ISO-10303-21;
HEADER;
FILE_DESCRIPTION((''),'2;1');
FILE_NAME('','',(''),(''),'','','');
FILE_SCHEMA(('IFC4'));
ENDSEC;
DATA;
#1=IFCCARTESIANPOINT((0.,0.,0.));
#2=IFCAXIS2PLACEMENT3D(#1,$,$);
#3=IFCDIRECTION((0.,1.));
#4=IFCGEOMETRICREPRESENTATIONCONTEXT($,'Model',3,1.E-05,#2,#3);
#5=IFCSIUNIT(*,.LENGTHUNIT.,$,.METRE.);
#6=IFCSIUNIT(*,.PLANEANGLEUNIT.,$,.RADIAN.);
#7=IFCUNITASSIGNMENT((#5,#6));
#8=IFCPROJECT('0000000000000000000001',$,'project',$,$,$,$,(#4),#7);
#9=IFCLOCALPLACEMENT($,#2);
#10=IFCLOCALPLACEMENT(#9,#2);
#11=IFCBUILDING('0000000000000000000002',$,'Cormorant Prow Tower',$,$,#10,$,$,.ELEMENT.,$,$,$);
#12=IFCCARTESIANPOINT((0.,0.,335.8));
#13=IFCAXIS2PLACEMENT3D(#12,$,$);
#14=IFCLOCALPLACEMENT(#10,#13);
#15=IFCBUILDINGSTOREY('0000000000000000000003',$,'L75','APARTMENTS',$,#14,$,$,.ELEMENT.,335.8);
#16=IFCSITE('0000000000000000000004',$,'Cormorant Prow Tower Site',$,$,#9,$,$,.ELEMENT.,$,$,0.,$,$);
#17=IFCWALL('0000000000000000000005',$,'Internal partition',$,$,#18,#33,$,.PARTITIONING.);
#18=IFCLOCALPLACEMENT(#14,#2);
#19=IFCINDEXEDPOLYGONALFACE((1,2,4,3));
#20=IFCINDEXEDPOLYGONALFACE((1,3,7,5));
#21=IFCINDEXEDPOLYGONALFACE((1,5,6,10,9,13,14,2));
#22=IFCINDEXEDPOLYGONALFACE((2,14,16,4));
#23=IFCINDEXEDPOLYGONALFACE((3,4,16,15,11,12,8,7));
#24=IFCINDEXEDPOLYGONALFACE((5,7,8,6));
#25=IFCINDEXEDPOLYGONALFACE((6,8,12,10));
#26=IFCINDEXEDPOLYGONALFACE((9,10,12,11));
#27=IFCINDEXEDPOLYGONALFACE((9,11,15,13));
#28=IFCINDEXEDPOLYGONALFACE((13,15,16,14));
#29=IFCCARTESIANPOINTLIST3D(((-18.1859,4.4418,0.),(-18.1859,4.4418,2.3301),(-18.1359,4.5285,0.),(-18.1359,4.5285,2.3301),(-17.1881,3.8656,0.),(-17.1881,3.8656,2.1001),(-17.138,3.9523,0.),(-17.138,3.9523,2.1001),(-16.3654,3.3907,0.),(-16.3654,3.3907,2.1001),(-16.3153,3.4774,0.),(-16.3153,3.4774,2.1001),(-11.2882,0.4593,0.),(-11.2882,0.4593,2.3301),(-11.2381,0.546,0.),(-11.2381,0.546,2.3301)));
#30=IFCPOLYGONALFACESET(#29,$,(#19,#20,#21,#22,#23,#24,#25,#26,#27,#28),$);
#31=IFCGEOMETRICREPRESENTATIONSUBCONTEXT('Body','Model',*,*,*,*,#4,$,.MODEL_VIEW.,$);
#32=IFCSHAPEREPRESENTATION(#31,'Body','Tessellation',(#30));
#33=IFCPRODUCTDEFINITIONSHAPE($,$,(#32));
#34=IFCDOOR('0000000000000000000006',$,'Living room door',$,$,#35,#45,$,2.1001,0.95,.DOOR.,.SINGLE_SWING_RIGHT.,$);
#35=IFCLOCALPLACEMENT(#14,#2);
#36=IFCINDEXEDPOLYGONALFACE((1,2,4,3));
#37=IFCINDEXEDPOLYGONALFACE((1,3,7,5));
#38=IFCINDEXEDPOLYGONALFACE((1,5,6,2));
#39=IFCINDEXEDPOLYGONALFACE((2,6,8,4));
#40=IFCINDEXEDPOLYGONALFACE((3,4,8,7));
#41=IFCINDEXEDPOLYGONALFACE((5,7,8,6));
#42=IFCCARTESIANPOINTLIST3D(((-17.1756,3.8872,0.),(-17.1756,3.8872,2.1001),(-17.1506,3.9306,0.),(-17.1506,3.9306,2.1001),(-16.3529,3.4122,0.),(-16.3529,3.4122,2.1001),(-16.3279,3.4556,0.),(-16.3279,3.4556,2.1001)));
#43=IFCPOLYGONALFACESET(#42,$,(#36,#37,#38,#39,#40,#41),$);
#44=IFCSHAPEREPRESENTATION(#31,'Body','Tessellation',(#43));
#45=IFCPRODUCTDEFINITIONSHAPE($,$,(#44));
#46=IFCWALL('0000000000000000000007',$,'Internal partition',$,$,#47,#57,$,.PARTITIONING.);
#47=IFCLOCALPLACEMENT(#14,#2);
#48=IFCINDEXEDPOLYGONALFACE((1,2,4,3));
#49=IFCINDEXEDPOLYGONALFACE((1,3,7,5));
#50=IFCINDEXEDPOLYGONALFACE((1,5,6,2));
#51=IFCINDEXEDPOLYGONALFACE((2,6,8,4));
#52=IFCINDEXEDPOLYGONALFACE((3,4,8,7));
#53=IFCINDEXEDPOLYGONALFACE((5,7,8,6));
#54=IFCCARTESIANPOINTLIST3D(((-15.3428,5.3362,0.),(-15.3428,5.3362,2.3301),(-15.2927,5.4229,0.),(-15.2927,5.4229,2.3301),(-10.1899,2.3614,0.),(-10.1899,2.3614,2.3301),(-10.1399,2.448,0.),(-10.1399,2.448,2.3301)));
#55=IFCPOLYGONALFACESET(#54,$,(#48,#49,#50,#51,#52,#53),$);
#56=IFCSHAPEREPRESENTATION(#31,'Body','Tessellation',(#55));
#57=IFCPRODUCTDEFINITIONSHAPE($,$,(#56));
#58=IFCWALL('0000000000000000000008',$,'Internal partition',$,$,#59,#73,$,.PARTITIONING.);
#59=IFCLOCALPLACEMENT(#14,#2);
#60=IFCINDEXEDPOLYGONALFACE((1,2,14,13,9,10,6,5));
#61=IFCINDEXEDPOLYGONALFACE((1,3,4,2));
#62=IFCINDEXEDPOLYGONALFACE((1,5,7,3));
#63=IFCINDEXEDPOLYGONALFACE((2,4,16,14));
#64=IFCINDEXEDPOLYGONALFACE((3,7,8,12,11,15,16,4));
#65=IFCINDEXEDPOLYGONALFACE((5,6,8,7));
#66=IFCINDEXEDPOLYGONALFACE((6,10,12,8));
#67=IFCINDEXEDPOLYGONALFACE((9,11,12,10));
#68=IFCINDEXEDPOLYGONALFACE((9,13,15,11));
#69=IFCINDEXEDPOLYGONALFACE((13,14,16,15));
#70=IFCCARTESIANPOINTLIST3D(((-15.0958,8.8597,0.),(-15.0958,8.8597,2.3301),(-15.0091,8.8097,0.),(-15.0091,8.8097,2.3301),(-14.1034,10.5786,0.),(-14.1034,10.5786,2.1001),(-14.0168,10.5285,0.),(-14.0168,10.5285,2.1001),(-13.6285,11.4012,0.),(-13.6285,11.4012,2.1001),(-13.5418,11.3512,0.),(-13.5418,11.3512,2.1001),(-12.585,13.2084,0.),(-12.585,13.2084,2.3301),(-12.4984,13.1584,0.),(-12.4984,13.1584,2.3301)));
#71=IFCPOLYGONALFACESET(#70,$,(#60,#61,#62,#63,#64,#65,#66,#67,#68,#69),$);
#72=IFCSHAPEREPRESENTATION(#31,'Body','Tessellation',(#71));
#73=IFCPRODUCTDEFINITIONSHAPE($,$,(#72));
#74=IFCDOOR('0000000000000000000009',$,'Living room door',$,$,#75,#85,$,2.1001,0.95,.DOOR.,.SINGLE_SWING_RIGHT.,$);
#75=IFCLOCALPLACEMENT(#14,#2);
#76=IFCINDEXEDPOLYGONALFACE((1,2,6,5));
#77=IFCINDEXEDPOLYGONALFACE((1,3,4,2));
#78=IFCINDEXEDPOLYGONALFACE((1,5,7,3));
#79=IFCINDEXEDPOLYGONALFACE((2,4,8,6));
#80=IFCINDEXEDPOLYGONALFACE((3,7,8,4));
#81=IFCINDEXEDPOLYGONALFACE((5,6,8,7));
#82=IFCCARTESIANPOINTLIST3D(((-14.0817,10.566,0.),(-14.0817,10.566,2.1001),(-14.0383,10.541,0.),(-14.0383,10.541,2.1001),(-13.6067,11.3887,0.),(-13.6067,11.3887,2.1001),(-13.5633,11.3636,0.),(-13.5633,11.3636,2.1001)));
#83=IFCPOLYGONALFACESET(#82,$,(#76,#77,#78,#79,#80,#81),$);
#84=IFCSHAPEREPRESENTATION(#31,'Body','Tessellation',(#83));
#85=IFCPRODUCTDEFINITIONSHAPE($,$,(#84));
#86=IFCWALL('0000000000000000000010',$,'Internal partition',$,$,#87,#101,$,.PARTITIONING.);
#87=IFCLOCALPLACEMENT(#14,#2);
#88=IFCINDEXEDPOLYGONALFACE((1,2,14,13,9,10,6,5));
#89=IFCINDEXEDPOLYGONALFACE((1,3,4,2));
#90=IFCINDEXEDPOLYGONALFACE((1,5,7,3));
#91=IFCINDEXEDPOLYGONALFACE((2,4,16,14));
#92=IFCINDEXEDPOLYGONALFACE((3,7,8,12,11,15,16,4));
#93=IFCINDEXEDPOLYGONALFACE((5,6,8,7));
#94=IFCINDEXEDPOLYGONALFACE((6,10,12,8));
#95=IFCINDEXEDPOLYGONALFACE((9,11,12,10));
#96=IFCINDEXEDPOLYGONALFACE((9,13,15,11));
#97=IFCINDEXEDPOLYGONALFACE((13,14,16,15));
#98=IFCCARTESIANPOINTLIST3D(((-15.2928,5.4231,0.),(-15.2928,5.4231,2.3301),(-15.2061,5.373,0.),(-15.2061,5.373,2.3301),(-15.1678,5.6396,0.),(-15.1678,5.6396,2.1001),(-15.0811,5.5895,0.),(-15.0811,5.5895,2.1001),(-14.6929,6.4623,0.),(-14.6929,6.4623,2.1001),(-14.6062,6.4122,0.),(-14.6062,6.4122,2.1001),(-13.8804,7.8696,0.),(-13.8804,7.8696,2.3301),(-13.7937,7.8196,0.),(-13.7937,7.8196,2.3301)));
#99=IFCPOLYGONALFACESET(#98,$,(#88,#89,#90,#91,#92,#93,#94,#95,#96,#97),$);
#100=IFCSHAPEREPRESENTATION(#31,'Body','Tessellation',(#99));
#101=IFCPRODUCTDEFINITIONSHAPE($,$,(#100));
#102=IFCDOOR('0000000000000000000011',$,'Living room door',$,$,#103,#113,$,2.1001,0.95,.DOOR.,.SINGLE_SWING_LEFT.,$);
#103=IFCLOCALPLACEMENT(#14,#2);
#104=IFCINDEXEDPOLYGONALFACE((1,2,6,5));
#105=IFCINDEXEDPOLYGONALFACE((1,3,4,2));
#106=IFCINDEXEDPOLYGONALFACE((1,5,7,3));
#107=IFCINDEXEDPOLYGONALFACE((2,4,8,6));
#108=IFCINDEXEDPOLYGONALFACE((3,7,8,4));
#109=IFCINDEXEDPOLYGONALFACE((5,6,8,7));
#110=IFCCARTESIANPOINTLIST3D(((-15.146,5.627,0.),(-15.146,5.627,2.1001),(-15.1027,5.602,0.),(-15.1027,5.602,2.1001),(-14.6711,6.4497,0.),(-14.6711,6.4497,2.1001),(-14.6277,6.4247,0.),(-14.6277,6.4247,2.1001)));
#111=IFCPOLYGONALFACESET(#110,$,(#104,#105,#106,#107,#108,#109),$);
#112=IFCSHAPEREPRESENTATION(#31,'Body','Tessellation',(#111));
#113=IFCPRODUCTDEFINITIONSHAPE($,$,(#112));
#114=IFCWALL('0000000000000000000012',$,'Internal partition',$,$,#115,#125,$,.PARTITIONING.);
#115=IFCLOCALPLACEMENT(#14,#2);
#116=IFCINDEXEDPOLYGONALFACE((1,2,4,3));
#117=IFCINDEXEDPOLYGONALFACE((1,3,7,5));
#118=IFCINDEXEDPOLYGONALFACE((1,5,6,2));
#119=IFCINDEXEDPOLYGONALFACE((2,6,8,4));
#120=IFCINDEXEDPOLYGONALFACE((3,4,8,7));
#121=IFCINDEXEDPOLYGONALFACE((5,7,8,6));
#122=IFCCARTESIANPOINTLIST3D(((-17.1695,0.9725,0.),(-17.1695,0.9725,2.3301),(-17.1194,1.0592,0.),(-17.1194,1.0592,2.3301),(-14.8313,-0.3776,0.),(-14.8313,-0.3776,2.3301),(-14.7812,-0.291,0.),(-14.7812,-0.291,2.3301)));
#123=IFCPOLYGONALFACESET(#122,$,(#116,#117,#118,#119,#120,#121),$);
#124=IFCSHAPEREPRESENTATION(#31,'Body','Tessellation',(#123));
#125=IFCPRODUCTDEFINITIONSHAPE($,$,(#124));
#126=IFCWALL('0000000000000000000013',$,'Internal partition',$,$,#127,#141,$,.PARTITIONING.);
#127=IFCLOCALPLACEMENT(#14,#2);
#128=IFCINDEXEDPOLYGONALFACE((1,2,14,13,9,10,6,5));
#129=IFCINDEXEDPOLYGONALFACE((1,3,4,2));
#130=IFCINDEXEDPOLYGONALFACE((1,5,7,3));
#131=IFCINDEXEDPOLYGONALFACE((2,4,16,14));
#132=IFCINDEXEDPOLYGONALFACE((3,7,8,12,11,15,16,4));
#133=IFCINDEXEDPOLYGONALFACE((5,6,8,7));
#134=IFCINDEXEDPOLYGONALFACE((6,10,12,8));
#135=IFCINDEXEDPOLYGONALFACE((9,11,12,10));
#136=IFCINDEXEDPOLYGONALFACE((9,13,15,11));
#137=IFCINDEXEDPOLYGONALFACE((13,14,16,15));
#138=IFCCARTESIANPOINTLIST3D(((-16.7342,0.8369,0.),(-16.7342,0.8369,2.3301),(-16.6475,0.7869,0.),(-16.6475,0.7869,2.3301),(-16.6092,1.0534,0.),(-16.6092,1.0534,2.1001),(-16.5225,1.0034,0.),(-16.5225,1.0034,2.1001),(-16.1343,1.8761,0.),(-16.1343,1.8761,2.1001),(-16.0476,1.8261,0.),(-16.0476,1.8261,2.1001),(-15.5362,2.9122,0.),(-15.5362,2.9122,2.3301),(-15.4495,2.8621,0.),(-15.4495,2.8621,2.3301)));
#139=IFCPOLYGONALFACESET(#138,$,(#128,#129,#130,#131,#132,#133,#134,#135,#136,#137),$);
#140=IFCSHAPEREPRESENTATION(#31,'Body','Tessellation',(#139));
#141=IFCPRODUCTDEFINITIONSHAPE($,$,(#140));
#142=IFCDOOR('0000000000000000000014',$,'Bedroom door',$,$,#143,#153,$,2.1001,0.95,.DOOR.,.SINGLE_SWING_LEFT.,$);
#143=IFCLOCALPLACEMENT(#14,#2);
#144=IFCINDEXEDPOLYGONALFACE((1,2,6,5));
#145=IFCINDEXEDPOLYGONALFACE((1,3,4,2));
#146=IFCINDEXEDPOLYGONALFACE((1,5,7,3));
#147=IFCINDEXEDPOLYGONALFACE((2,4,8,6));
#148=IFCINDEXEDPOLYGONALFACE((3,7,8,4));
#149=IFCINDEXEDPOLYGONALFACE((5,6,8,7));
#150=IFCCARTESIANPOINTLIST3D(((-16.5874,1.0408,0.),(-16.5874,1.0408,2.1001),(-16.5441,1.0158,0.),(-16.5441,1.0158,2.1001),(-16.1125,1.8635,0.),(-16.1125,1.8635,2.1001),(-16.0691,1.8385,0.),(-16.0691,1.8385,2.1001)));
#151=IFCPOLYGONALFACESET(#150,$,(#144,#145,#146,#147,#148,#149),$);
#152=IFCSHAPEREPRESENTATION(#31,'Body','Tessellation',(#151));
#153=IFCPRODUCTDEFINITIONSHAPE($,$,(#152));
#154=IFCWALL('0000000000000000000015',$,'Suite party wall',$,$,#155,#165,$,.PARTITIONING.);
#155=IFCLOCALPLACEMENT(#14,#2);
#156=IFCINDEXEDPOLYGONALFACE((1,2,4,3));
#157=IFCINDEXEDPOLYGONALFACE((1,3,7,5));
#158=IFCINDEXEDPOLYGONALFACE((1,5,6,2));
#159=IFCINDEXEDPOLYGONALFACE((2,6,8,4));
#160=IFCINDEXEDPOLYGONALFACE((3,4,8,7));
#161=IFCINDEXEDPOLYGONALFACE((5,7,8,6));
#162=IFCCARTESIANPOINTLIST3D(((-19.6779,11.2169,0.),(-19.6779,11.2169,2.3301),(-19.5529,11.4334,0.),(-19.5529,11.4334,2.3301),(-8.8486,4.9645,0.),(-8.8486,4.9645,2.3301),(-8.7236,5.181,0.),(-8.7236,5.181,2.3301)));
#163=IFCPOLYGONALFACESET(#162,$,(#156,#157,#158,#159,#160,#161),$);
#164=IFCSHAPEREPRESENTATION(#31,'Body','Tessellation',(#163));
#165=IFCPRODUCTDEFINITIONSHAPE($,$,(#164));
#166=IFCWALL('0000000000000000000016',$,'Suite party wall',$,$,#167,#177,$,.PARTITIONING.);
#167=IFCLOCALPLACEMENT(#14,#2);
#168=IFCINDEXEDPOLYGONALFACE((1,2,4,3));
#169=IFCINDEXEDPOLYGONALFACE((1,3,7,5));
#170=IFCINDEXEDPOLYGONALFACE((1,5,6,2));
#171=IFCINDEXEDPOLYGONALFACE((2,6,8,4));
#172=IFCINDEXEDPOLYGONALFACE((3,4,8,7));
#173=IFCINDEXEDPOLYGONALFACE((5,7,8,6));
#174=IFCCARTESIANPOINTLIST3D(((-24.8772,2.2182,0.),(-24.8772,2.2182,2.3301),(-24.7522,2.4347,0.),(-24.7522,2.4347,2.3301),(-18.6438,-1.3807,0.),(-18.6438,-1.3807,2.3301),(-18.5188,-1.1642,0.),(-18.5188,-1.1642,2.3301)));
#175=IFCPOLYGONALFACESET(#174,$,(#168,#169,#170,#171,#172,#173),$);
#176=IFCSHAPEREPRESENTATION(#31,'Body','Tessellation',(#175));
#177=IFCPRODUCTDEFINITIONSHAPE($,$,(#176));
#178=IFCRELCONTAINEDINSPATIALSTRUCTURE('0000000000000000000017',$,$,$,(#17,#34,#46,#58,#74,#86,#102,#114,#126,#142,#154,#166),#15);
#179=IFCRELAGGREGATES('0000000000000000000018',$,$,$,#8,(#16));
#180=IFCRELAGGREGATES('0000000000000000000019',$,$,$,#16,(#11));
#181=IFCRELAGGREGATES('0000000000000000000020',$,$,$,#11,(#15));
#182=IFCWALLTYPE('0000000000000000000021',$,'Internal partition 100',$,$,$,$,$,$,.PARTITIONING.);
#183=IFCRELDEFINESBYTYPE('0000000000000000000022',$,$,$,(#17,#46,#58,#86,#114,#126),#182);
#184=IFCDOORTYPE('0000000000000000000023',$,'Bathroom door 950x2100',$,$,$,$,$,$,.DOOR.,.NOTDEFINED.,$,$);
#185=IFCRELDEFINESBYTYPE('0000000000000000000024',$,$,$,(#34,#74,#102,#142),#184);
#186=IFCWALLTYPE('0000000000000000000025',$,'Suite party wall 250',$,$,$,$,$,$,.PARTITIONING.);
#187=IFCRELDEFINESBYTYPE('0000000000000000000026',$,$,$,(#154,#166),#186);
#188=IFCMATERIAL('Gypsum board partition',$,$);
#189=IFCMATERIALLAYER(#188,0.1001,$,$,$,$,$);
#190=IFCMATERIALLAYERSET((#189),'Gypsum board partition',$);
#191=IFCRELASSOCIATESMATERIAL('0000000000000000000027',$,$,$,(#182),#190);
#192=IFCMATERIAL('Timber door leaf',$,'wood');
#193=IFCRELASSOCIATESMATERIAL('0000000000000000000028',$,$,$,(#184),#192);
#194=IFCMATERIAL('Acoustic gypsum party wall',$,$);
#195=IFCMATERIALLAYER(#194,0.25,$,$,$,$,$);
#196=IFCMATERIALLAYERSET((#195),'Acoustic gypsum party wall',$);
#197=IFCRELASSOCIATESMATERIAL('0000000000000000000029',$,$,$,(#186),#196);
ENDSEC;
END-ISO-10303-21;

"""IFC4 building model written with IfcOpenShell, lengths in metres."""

from ifc_helpers import new_model, si_unit, direction, frame, frame_2d, origin, place, context, subcontext, project, spatial, rectangle, extrude, material, layer, layer_set, type_object, element, fill, save


model = new_model("IFC4")

# Units and contexts
model_context = context("Model", 3, precision=1e-05, world=origin(), true_north=direction((0.0, 1.0)))
body_context = subcontext(model_context, "Body", "Model", "MODEL_VIEW")
ifc_project = project(units=[si_unit("LENGTHUNIT", "METRE"), si_unit("PLANEANGLEUNIT", "RADIAN")], contexts=[model_context])

# Site, building, storey
site_placement = place(None, origin())
site = spatial("IfcSite", under=ifc_project, at=site_placement, Name="Cormorant Prow Tower Site", CompositionType="ELEMENT", RefElevation=0.0)
building_placement = place(site_placement, origin())
building = spatial("IfcBuilding", under=site, at=building_placement, Name="Cormorant Prow Tower", CompositionType="ELEMENT")
storey_placement = place(building_placement, frame((0.0, 0.0, 335.8)))
storey = spatial("IfcBuildingStorey", under=building, at=storey_placement, Name="L75", Description="APARTMENTS", CompositionType="ELEMENT", Elevation=335.8)

# Wall, opening, door
ifc_material_1 = material(Name="Gypsum board partition")
ifc_layer_1 = layer(ifc_material_1, 0.1001)
ifc_layer_set_1 = layer_set([ifc_layer_1], Name="Gypsum board partition")
wall_type_1 = type_object("IfcWallType", Name="Internal partition 100", PredefinedType="PARTITIONING", material=ifc_layer_set_1)
wall_1_placement = place(storey_placement, frame((-18.1609, 4.4851, 0.0), z_axis=(0.0, 0.0, 1.0), x_axis=(0.866024, -0.500003, 0.0)))
wall_1 = element("IfcWall", 1, at=wall_1_placement, inside=storey, type_object=wall_type_1, Name="Internal partition", PredefinedType="PARTITIONING", context=body_context, shape_type="SweptSolid", body=[
    extrude(rectangle(XDim=7.9648, YDim=0.1001, at=frame_2d((3.9824, 0.0))), origin(), (0.0, 0.0, 1.0), 2.3301),
])
opening_1_placement = place(wall_1_placement, frame((1.1521, 0.0, 0.0)))
opening_1 = element("IfcOpeningElement", 2, at=opening_1_placement, cuts=wall_1, PredefinedType="OPENING", context=body_context, shape_type="SweptSolid", body=[
    extrude(rectangle(XDim=0.95, YDim=2.1001, at=frame_2d((0.4751, 1.05))), frame((0.0, 0.0601, 0.0), z_axis=(0.0, -1.0, 0.0), x_axis=(1.0, 0.0, 0.0)), (0.0, 0.0, 1.0), 0.1201),
])
ifc_material_2 = material(Name="Timber door leaf", Category="wood")
door_type_1 = type_object("IfcDoorType", Name="Bathroom door 950x2100", OperationType="NOTDEFINED", PredefinedType="DOOR", material=ifc_material_2)
door_1_placement = place(opening_1_placement, origin())
door_1 = element("IfcDoor", 3, at=door_1_placement, inside=storey, type_object=door_type_1, Name="Living room door", OperationType="SINGLE_SWING_RIGHT", OverallHeight=2.1001, OverallWidth=0.95, PredefinedType="DOOR", context=body_context, shape_type="SweptSolid", body=[
    extrude(rectangle(XDim=0.95, YDim=2.1001, at=frame_2d((0.4751, 1.05))), frame((0.0, 0.0249, 0.0), z_axis=(0.0, -1.0, 0.0), x_axis=(1.0, 0.0, 0.0)), (0.0, 0.0, 1.0), 0.05),
])
fill(opening_1, door_1)

# Wall
wall_2_placement = place(storey_placement, frame((-15.3179, 5.3796, 0.0), z_axis=(0.0, 0.0, 1.0), x_axis=(0.866035, -0.499983, 0.0)))
element("IfcWall", 4, at=wall_2_placement, inside=storey, type_object=wall_type_1, Name="Internal partition", PredefinedType="PARTITIONING", context=body_context, shape_type="SweptSolid", body=[
    extrude(rectangle(XDim=5.95, YDim=0.1001, at=frame_2d((2.9751, 0.0))), origin(), (0.0, 0.0, 1.0), 2.3301),
])

# Walls, openings, doors
wall_3_placement = place(storey_placement, frame((-15.0525, 8.8347, 0.0), z_axis=(0.0, 0.0, 1.0), x_axis=(0.500009, 0.86602, 0.0)))
wall_3 = element("IfcWall", 5, at=wall_3_placement, inside=storey, type_object=wall_type_1, Name="Internal partition", PredefinedType="PARTITIONING", context=body_context, shape_type="SweptSolid", body=[
    extrude(rectangle(XDim=5.0215, YDim=0.1001, at=frame_2d((2.5107, 0.0))), origin(), (0.0, 0.0, 1.0), 2.3301),
])
opening_2_placement = place(wall_3_placement, frame((1.9846, 0.0, 0.0)))
opening_2 = element("IfcOpeningElement", 6, at=opening_2_placement, cuts=wall_3, PredefinedType="OPENING", context=body_context, shape_type="SweptSolid", body=[
    extrude(rectangle(XDim=0.95, YDim=2.1001, at=frame_2d((0.4751, 1.05))), frame((0.0, 0.0601, 0.0), z_axis=(0.0, -1.0, 0.0), x_axis=(1.0, 0.0, 0.0)), (0.0, 0.0, 1.0), 0.1201),
])
door_2_placement = place(opening_2_placement, origin())
door_2 = element("IfcDoor", 7, at=door_2_placement, inside=storey, type_object=door_type_1, Name="Living room door", OperationType="SINGLE_SWING_RIGHT", OverallHeight=2.1001, OverallWidth=0.95, PredefinedType="DOOR", context=body_context, shape_type="SweptSolid", body=[
    extrude(rectangle(XDim=0.95, YDim=2.1001, at=frame_2d((0.4751, 1.05))), frame((0.0, 0.0249, 0.0), z_axis=(0.0, -1.0, 0.0), x_axis=(1.0, 0.0, 0.0)), (0.0, 0.0, 1.0), 0.05),
])
fill(opening_2, door_2)
wall_4_placement = place(storey_placement, frame((-15.2495, 5.3979, 0.0), z_axis=(0.0, 0.0, 1.0), x_axis=(0.499959, 0.866049, 0.0)))
wall_4 = element("IfcWall", 8, at=wall_4_placement, inside=storey, type_object=wall_type_1, Name="Internal partition", PredefinedType="PARTITIONING", context=body_context, shape_type="SweptSolid", body=[
    extrude(rectangle(XDim=2.825, YDim=0.1001, at=frame_2d((1.4126, 0.0))), origin(), (0.0, 0.0, 1.0), 2.3301),
])
opening_3_placement = place(wall_4_placement, frame((0.25, 0.0, 0.0)))
opening_3 = element("IfcOpeningElement", 9, at=opening_3_placement, cuts=wall_4, PredefinedType="OPENING", context=body_context, shape_type="SweptSolid", body=[
    extrude(rectangle(XDim=0.95, YDim=2.1001, at=frame_2d((0.4751, 1.05))), frame((0.0, 0.0601, 0.0), z_axis=(0.0, -1.0, 0.0), x_axis=(1.0, 0.0, 0.0)), (0.0, 0.0, 1.0), 0.1201),
])
door_3_placement = place(opening_3_placement, origin())
door_3 = element("IfcDoor", 10, at=door_3_placement, inside=storey, type_object=door_type_1, Name="Living room door", OperationType="SINGLE_SWING_LEFT", OverallHeight=2.1001, OverallWidth=0.95, PredefinedType="DOOR", context=body_context, shape_type="SweptSolid", body=[
    extrude(rectangle(XDim=0.95, YDim=2.1001, at=frame_2d((0.4751, 1.05))), frame((0.0, 0.0249, 0.0), z_axis=(0.0, -1.0, 0.0), x_axis=(1.0, 0.0, 0.0)), (0.0, 0.0, 1.0), 0.05),
])
fill(opening_3, door_3)

# Wall
wall_5_placement = place(storey_placement, frame((-17.1445, 1.0159, 0.0), z_axis=(0.0, 0.0, 1.0), x_axis=(0.865997, -0.500049, 0.0)))
element("IfcWall", 11, at=wall_5_placement, inside=storey, type_object=wall_type_1, Name="Internal partition", PredefinedType="PARTITIONING", context=body_context, shape_type="SweptSolid", body=[
    extrude(rectangle(XDim=2.7, YDim=0.1001, at=frame_2d((1.3501, 0.0))), origin(), (0.0, 0.0, 1.0), 2.3301),
])

# Wall, opening, door
wall_6_placement = place(storey_placement, frame((-16.6909, 0.8118, 0.0), z_axis=(0.0, 0.0, 1.0), x_axis=(0.499964, 0.866046, 0.0)))
wall_6 = element("IfcWall", 12, at=wall_6_placement, inside=storey, type_object=wall_type_1, Name="Internal partition", PredefinedType="PARTITIONING", context=body_context, shape_type="SweptSolid", body=[
    extrude(rectangle(XDim=2.3962, YDim=0.1001, at=frame_2d((1.1982, 0.0))), origin(), (0.0, 0.0, 1.0), 2.3301),
])
opening_4_placement = place(wall_6_placement, frame((0.25, 0.0, 0.0)))
opening_4 = element("IfcOpeningElement", 13, at=opening_4_placement, cuts=wall_6, PredefinedType="OPENING", context=body_context, shape_type="SweptSolid", body=[
    extrude(rectangle(XDim=0.95, YDim=2.1001, at=frame_2d((0.4751, 1.05))), frame((0.0, 0.0601, 0.0), z_axis=(0.0, -1.0, 0.0), x_axis=(1.0, 0.0, 0.0)), (0.0, 0.0, 1.0), 0.1201),
])
door_4_placement = place(opening_4_placement, origin())
door_4 = element("IfcDoor", 14, at=door_4_placement, inside=storey, type_object=door_type_1, Name="Bedroom door", OperationType="SINGLE_SWING_LEFT", OverallHeight=2.1001, OverallWidth=0.95, PredefinedType="DOOR", context=body_context, shape_type="SweptSolid", body=[
    extrude(rectangle(XDim=0.95, YDim=2.1001, at=frame_2d((0.4751, 1.05))), frame((0.0, 0.0249, 0.0), z_axis=(0.0, -1.0, 0.0), x_axis=(1.0, 0.0, 0.0)), (0.0, 0.0, 1.0), 0.05),
])
fill(opening_4, door_4)

# Walls
ifc_material_3 = material(Name="Acoustic gypsum party wall")
ifc_layer_2 = layer(ifc_material_3, 0.25)
ifc_layer_set_2 = layer_set([ifc_layer_2], Name="Acoustic gypsum party wall")
wall_type_2 = type_object("IfcWallType", Name="Suite party wall 250", PredefinedType="PARTITIONING", material=ifc_layer_set_2)
wall_7_placement = place(storey_placement, frame((-19.6155, 11.3252, 0.0), z_axis=(0.0, 0.0, 1.0), x_axis=(0.866021, -0.500007, 0.0)))
element("IfcWall", 15, at=wall_7_placement, inside=storey, type_object=wall_type_2, Name="Suite party wall", PredefinedType="PARTITIONING", context=body_context, shape_type="SweptSolid", body=[
    extrude(rectangle(XDim=12.5046, YDim=0.25, at=frame_2d((6.2524, 0.0))), origin(), (0.0, 0.0, 1.0), 2.3301),
])
wall_8_placement = place(storey_placement, frame((-24.8147, 2.3264, 0.0), z_axis=(0.0, 0.0, 1.0), x_axis=(0.866024, -0.500002, 0.0)))
element("IfcWall", 16, at=wall_8_placement, inside=storey, type_object=wall_type_2, Name="Suite party wall", PredefinedType="PARTITIONING", context=body_context, shape_type="SweptSolid", body=[
    extrude(rectangle(XDim=7.1978, YDim=0.25, at=frame_2d((3.5989, 0.0))), origin(), (0.0, 0.0, 1.0), 2.3301),
])

save(model, "model.ifc")
